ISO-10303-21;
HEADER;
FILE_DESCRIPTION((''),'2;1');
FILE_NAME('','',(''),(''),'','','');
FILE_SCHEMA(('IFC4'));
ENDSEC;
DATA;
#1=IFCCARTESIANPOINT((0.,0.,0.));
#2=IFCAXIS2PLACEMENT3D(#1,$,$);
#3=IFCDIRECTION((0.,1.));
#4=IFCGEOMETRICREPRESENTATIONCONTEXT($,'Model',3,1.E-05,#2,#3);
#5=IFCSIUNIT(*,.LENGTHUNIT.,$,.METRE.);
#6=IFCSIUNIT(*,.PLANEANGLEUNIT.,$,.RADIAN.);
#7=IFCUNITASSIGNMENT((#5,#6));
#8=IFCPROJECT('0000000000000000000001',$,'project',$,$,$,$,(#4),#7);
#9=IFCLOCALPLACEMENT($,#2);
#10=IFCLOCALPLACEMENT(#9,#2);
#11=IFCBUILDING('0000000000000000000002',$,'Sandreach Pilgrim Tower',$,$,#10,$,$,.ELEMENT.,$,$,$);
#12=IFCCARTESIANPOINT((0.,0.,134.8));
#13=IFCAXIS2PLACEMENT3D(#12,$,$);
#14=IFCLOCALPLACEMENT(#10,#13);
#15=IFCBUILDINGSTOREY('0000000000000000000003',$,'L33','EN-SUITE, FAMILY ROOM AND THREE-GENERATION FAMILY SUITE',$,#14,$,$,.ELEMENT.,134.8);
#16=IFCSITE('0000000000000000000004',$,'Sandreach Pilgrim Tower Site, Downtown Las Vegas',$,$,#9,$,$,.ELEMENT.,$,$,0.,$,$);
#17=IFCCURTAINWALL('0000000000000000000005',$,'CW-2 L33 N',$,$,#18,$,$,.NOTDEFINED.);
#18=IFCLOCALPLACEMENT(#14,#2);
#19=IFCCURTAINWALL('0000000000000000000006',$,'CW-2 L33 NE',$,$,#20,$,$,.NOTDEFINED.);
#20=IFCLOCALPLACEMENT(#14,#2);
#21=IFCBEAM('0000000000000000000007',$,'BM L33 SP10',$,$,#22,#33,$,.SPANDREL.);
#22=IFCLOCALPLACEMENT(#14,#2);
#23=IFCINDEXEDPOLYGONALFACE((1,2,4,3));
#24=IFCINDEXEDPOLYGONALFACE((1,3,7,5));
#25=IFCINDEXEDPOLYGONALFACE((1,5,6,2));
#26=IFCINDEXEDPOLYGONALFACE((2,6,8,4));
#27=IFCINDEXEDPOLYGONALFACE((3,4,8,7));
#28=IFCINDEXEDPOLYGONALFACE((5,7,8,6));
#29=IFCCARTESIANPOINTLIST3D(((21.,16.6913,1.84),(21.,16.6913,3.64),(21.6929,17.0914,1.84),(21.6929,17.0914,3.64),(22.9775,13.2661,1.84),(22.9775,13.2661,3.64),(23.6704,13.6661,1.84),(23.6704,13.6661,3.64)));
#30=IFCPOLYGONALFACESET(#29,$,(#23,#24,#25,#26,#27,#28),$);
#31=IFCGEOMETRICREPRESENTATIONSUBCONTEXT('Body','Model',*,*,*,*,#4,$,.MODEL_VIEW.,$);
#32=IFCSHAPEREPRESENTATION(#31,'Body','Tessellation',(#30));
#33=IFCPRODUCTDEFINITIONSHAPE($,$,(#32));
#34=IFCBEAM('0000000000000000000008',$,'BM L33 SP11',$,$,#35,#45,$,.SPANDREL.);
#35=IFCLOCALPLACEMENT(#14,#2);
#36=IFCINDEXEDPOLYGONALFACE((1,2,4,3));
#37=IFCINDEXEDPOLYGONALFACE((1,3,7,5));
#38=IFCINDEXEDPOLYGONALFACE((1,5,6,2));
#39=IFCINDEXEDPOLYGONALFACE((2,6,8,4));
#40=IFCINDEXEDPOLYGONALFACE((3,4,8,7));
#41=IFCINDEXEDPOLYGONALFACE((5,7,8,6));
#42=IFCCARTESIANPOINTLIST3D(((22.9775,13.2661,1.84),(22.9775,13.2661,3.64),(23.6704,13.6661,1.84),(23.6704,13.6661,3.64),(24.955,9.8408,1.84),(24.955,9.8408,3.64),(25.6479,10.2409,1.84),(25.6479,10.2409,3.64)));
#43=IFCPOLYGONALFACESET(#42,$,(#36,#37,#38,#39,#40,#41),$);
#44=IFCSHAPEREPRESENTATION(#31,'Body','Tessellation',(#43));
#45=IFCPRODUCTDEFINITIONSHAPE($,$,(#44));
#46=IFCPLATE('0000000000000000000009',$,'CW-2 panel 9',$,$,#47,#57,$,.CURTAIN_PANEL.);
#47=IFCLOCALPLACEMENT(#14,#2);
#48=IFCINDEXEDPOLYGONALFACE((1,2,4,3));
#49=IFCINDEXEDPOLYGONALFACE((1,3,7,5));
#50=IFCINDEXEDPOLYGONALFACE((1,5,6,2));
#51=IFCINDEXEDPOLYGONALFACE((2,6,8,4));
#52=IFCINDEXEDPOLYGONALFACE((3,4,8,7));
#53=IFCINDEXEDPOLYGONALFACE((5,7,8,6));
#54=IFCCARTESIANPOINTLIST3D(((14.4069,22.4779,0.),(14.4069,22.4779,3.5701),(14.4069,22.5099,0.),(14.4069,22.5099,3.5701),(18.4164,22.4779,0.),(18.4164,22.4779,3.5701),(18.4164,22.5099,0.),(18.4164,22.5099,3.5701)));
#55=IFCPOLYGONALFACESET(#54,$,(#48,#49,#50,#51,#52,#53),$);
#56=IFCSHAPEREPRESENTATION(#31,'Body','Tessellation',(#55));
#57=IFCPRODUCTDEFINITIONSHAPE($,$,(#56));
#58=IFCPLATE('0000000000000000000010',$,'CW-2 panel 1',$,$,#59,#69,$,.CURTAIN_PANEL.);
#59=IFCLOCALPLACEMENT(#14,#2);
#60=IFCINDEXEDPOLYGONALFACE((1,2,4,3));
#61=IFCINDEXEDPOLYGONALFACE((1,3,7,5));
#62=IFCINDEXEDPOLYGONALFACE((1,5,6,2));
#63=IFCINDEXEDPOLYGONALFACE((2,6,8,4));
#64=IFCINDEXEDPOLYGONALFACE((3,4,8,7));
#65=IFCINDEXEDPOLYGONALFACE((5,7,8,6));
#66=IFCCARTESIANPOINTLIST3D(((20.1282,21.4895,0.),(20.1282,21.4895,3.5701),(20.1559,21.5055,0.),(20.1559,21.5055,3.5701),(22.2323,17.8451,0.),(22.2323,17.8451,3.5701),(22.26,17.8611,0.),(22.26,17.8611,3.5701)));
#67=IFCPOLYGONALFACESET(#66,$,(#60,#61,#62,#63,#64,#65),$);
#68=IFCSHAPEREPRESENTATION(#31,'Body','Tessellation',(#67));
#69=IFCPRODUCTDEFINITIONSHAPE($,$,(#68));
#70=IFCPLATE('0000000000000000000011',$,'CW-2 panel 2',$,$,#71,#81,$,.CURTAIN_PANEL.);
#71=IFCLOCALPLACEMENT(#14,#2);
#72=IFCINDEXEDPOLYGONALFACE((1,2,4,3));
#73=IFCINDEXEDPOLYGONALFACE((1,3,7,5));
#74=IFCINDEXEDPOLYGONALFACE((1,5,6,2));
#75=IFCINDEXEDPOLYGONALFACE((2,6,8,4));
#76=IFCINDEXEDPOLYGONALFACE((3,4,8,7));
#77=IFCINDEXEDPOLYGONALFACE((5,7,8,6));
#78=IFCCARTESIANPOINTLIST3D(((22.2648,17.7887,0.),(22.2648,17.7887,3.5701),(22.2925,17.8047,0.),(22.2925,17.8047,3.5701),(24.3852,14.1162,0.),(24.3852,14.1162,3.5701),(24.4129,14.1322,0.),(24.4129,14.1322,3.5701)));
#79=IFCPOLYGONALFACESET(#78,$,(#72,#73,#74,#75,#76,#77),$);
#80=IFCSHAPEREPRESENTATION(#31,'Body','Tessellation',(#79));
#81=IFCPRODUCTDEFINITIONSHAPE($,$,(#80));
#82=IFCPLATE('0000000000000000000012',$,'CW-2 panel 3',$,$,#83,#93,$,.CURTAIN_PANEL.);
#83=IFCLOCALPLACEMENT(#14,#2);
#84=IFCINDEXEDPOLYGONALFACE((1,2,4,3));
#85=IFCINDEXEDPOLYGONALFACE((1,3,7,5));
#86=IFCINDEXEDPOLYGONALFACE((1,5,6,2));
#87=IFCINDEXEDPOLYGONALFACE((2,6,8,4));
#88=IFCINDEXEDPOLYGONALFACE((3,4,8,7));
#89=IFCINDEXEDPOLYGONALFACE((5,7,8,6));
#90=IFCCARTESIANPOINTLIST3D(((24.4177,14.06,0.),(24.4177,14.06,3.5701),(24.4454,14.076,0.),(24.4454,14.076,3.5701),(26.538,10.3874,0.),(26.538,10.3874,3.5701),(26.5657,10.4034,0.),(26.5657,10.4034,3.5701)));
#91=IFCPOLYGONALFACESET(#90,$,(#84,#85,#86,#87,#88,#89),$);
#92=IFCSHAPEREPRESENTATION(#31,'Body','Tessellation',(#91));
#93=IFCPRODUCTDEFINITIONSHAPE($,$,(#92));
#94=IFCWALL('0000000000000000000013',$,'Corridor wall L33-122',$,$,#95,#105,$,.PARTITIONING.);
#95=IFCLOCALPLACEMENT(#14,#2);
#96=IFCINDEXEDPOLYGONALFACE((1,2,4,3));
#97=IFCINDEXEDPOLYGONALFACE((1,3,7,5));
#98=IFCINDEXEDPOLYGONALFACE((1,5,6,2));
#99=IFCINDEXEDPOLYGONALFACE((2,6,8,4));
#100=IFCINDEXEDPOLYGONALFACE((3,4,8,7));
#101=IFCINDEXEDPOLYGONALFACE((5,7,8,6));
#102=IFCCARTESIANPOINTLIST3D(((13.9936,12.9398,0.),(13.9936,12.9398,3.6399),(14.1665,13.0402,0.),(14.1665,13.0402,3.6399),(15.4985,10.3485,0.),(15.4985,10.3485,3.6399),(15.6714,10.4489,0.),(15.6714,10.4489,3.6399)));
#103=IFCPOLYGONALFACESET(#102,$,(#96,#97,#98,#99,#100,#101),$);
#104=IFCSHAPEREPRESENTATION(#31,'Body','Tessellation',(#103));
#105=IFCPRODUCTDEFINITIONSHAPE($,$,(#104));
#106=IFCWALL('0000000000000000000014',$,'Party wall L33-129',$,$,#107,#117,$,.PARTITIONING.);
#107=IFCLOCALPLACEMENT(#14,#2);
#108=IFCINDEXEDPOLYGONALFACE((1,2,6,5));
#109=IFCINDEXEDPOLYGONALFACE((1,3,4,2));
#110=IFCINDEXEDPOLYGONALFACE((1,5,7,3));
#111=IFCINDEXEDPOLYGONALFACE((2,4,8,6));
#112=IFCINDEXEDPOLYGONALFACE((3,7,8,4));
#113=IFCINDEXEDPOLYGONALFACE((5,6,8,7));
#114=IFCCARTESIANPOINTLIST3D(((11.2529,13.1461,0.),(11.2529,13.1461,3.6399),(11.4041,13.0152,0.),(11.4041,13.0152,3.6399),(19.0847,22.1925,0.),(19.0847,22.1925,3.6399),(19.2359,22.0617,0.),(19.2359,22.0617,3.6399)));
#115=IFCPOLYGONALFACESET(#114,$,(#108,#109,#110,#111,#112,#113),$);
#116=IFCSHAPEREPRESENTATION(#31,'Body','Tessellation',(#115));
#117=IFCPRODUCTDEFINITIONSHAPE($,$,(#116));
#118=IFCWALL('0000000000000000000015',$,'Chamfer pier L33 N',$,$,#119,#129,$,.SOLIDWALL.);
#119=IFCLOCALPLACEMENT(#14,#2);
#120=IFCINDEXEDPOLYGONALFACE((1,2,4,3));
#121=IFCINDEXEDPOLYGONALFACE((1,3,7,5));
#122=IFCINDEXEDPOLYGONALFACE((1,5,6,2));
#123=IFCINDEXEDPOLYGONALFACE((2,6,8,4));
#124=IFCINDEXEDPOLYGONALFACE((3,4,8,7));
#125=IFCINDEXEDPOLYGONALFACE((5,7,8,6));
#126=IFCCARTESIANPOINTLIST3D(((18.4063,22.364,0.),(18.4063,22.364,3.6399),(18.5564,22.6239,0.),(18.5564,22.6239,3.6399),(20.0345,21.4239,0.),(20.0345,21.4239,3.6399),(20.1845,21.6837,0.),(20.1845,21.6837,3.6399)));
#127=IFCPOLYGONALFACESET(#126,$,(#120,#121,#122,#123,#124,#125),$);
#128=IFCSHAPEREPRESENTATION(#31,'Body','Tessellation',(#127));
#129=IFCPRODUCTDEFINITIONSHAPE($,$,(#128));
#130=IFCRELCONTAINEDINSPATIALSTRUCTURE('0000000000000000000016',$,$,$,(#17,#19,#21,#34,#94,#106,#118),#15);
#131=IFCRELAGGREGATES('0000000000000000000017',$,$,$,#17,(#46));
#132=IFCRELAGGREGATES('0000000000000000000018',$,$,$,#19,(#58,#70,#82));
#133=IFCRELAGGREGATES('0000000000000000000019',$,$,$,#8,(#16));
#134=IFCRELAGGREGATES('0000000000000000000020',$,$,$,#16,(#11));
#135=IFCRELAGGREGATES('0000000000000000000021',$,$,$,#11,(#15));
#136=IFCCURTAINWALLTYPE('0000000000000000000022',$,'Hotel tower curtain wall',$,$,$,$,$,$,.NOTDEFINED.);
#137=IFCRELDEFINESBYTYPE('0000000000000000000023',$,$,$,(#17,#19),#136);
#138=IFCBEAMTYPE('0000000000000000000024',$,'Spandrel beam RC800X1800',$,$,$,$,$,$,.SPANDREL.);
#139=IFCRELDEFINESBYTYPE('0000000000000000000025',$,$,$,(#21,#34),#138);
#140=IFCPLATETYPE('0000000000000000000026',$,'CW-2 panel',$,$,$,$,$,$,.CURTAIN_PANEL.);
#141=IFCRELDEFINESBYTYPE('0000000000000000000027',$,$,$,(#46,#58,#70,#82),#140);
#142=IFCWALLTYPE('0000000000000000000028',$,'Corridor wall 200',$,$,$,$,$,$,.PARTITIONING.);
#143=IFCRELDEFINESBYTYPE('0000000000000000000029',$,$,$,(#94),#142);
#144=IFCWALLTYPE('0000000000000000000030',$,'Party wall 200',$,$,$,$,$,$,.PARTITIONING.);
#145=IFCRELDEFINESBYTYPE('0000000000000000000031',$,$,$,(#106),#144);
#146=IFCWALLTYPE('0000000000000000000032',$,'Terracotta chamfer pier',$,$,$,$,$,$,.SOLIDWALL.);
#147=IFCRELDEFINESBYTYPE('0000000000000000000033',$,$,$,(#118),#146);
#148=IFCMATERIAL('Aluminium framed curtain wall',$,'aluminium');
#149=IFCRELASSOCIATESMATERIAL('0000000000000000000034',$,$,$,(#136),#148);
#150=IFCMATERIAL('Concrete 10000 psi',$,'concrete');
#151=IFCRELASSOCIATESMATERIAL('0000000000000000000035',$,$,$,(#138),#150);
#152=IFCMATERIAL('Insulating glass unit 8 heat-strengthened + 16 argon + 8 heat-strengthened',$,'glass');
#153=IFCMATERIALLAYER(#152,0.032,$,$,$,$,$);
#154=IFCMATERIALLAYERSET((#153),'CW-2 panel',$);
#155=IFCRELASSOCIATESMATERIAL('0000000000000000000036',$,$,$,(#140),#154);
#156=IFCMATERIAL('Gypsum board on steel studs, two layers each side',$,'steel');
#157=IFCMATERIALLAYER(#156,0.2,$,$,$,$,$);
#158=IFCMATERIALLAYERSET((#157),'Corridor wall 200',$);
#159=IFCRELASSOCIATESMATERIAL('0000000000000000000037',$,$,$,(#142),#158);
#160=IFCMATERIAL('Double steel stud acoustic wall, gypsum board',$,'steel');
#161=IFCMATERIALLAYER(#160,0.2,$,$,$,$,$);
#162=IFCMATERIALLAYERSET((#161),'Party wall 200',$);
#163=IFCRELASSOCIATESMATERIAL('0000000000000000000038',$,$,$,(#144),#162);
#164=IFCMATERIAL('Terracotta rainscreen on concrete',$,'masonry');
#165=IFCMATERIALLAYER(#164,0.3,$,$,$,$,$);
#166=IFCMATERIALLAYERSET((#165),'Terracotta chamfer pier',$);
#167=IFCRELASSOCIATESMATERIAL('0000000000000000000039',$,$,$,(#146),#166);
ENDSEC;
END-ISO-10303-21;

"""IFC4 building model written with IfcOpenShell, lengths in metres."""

from ifc_helpers import new_model, si_unit, direction, frame, frame_2d, origin, origin_2d, place, context, subcontext, project, spatial, rectangle, extrude, material, layer, layer_set, material_profile, profile_set, type_object, element, aggregate, save


model = new_model("IFC4")

# Units and contexts
model_context = context("Model", 3, precision=1e-05, world=origin(), true_north=direction((0.0, 1.0)))
body_context = subcontext(model_context, "Body", "Model", "MODEL_VIEW")
ifc_project = project(units=[si_unit("LENGTHUNIT", "METRE"), si_unit("PLANEANGLEUNIT", "RADIAN")], contexts=[model_context])

# Site, building, storey
site_placement = place(None, origin())
site = spatial("IfcSite", under=ifc_project, at=site_placement, Name="Sandreach Pilgrim Tower Site, Downtown Las Vegas", CompositionType="ELEMENT", RefElevation=0.0)
building_placement = place(site_placement, origin())
building = spatial("IfcBuilding", under=site, at=building_placement, Name="Sandreach Pilgrim Tower", CompositionType="ELEMENT")
storey_placement = place(building_placement, frame((0.0, 0.0, 134.8)))
storey = spatial("IfcBuildingStorey", under=building, at=storey_placement, Name="L33", Description="EN-SUITE, FAMILY ROOM AND THREE-GENERATION FAMILY SUITE", CompositionType="ELEMENT", Elevation=134.8)

# Curtain wall
ifc_material_1 = material(Name="Aluminium framed curtain wall", Category="aluminium")
curtain_wall_type = type_object("IfcCurtainWallType", Name="Hotel tower curtain wall", PredefinedType="NOTDEFINED", material=ifc_material_1)
curtain_wall_1_placement = place(storey_placement, origin())
curtain_wall_1 = element("IfcCurtainWall", 1, at=curtain_wall_1_placement, inside=storey, type_object=curtain_wall_type, Name="CW-2 L33 N", PredefinedType="NOTDEFINED")

# Curtain wall
curtain_wall_2_placement = place(storey_placement, origin())
curtain_wall_2 = element("IfcCurtainWall", 2, at=curtain_wall_2_placement, inside=storey, type_object=curtain_wall_type, Name="CW-2 L33 NE", PredefinedType="NOTDEFINED")

# Beams
ifc_material_2 = material(Name="Concrete 10000 psi", Category="concrete")
ifc_material_profile_1 = material_profile(ifc_material_2, rectangle(XDim=0.8, YDim=1.8, at=origin_2d()), Name="RC800X1800")
ifc_profile_set_1 = profile_set([ifc_material_profile_1], Name="Concrete 10000 psi")
beam_type_1 = type_object("IfcBeamType", Name="Spandrel beam RC800X1800", PredefinedType="SPANDREL", material=ifc_profile_set_1)
for number, where, z_axis, x_axis, name in (
    (3, (21.3464, 16.8914, 2.74), (0.49999, -0.866031, 0.0), (0.866031, 0.49999, 0.0), "BM L33 SP10"),
    (4, (23.324, 13.4661, 2.74), (0.49999, -0.866031, 0.0), (0.866031, 0.49999, 0.0), "BM L33 SP11"),
):
    element("IfcBeam", number, at=place(storey_placement, frame(where, z_axis=z_axis, x_axis=x_axis)), inside=storey, type_object=beam_type_1, Name=name, PredefinedType="SPANDREL", context=body_context, shape_type="SweptSolid", body=[
        extrude(rectangle(XDim=0.8, YDim=1.8, at=origin_2d()), origin(), (0.0, 0.0, 1.0), 3.9551),
    ])

# Plates
ifc_material_3 = material(Name="Insulating glass unit 8 heat-strengthened + 16 argon + 8 heat-strengthened", Category="glass")
ifc_layer_1 = layer(ifc_material_3, 0.032)
ifc_layer_set_1 = layer_set([ifc_layer_1], Name="CW-2 panel")
plate_type = type_object("IfcPlateType", Name="CW-2 panel", PredefinedType="CURTAIN_PANEL", material=ifc_layer_set_1)
plate_1_placement = place(storey_placement, frame((16.4116, 22.4939, 0.0), z_axis=(0.0, 0.0, 1.0), x_axis=(1.0, 0.0, 0.0)))
plate_1 = element("IfcPlate", 5, at=plate_1_placement, type_object=plate_type, Name="CW-2 panel 9", PredefinedType="CURTAIN_PANEL", context=body_context, shape_type="SweptSolid", body=[
    extrude(rectangle(XDim=4.0095, YDim=0.032, at=origin_2d()), origin(), (0.0, 0.0, 1.0), 3.5701),
])
aggregate(curtain_wall_1, [plate_1])
plate_2_placement = place(storey_placement, frame((21.1941, 19.6753, 0.0), z_axis=(0.0, 0.0, 1.0), x_axis=(0.5, -0.866025, 0.0)))
plate_2 = element("IfcPlate", 6, at=plate_2_placement, type_object=plate_type, Name="CW-2 panel 1", PredefinedType="CURTAIN_PANEL", context=body_context, shape_type="SweptSolid", body=[
    extrude(rectangle(XDim=4.2083, YDim=0.032, at=origin_2d()), origin(), (0.0, 0.0, 1.0), 3.5701),
])
plate_3_placement = place(storey_placement, frame((23.3389, 15.9604, 0.0), z_axis=(0.0, 0.0, 1.0), x_axis=(0.5, -0.866025, 0.0)))
plate_3 = element("IfcPlate", 7, at=plate_3_placement, type_object=plate_type, Name="CW-2 panel 2", PredefinedType="CURTAIN_PANEL", context=body_context, shape_type="SweptSolid", body=[
    extrude(rectangle(XDim=4.2407, YDim=0.032, at=origin_2d()), origin(), (0.0, 0.0, 1.0), 3.5701),
])
plate_4_placement = place(storey_placement, frame((25.4917, 12.2317, 0.0), z_axis=(0.0, 0.0, 1.0), x_axis=(0.5, -0.866025, 0.0)))
plate_4 = element("IfcPlate", 8, at=plate_4_placement, type_object=plate_type, Name="CW-2 panel 3", PredefinedType="CURTAIN_PANEL", context=body_context, shape_type="SweptSolid", body=[
    extrude(rectangle(XDim=4.2407, YDim=0.032, at=origin_2d()), origin(), (0.0, 0.0, 1.0), 3.5701),
])
aggregate(curtain_wall_2, [plate_2, plate_3, plate_4])

# Wall
ifc_material_4 = material(Name="Gypsum board on steel studs, two layers each side", Category="steel")
ifc_layer_2 = layer(ifc_material_4, 0.2)
ifc_layer_set_2 = layer_set([ifc_layer_2], Name="Corridor wall 200")
wall_type_1 = type_object("IfcWallType", Name="Corridor wall 200", PredefinedType="PARTITIONING", material=ifc_layer_set_2)
wall_1_placement = place(storey_placement, frame((15.585, 10.3987, 0.0), z_axis=(0.0, 0.0, 1.0), x_axis=(-0.502198, 0.864752, 0.0)))
element("IfcWall", 9, at=wall_1_placement, inside=storey, type_object=wall_type_1, Name="Corridor wall L33-122", PredefinedType="PARTITIONING", context=body_context, shape_type="SweptSolid", body=[
    extrude(rectangle(XDim=2.9966, YDim=0.2, at=frame_2d((1.4983, 0.0))), origin(), (0.0, 0.0, 1.0), 3.6399),
])

# Walls
ifc_material_5 = material(Name="Double steel stud acoustic wall, gypsum board", Category="steel")
ifc_layer_3 = layer(ifc_material_5, 0.2)
ifc_layer_set_3 = layer_set([ifc_layer_3], Name="Party wall 200")
wall_type_2 = type_object("IfcWallType", Name="Party wall 200", PredefinedType="PARTITIONING", material=ifc_layer_set_3)
wall_2_placement = place(storey_placement, frame((19.1604, 22.1272, 0.0), z_axis=(0.0, 0.0, 1.0), x_axis=(-0.654529, -0.756037, 0.0)))
element("IfcWall", 10, at=wall_2_placement, inside=storey, type_object=wall_type_2, Name="Party wall L33-129", PredefinedType="PARTITIONING", context=body_context, shape_type="SweptSolid", body=[
    extrude(rectangle(XDim=11.9656, YDim=0.2, at=frame_2d((5.9829, 0.0))), origin(), (0.0, 0.0, 1.0), 3.6399),
])
ifc_material_6 = material(Name="Terracotta rainscreen on concrete", Category="masonry")
ifc_layer_4 = layer(ifc_material_6, 0.3)
ifc_layer_set_4 = layer_set([ifc_layer_4], Name="Terracotta chamfer pier")
wall_type_3 = type_object("IfcWallType", Name="Terracotta chamfer pier", PredefinedType="SOLIDWALL", material=ifc_layer_set_4)
wall_3_placement = place(storey_placement, frame((18.4814, 22.4939, 0.0), z_axis=(0.0, 0.0, 1.0), x_axis=(0.865989, -0.500063, 0.0)))
element("IfcWall", 11, at=wall_3_placement, inside=storey, type_object=wall_type_3, Name="Chamfer pier L33 N", PredefinedType="SOLIDWALL", context=body_context, shape_type="SweptSolid", body=[
    extrude(rectangle(XDim=1.8801, YDim=0.3, at=frame_2d((0.9399, 0.0))), origin(), (0.0, 0.0, 1.0), 3.6399),
])

save(model, "model.ifc")
